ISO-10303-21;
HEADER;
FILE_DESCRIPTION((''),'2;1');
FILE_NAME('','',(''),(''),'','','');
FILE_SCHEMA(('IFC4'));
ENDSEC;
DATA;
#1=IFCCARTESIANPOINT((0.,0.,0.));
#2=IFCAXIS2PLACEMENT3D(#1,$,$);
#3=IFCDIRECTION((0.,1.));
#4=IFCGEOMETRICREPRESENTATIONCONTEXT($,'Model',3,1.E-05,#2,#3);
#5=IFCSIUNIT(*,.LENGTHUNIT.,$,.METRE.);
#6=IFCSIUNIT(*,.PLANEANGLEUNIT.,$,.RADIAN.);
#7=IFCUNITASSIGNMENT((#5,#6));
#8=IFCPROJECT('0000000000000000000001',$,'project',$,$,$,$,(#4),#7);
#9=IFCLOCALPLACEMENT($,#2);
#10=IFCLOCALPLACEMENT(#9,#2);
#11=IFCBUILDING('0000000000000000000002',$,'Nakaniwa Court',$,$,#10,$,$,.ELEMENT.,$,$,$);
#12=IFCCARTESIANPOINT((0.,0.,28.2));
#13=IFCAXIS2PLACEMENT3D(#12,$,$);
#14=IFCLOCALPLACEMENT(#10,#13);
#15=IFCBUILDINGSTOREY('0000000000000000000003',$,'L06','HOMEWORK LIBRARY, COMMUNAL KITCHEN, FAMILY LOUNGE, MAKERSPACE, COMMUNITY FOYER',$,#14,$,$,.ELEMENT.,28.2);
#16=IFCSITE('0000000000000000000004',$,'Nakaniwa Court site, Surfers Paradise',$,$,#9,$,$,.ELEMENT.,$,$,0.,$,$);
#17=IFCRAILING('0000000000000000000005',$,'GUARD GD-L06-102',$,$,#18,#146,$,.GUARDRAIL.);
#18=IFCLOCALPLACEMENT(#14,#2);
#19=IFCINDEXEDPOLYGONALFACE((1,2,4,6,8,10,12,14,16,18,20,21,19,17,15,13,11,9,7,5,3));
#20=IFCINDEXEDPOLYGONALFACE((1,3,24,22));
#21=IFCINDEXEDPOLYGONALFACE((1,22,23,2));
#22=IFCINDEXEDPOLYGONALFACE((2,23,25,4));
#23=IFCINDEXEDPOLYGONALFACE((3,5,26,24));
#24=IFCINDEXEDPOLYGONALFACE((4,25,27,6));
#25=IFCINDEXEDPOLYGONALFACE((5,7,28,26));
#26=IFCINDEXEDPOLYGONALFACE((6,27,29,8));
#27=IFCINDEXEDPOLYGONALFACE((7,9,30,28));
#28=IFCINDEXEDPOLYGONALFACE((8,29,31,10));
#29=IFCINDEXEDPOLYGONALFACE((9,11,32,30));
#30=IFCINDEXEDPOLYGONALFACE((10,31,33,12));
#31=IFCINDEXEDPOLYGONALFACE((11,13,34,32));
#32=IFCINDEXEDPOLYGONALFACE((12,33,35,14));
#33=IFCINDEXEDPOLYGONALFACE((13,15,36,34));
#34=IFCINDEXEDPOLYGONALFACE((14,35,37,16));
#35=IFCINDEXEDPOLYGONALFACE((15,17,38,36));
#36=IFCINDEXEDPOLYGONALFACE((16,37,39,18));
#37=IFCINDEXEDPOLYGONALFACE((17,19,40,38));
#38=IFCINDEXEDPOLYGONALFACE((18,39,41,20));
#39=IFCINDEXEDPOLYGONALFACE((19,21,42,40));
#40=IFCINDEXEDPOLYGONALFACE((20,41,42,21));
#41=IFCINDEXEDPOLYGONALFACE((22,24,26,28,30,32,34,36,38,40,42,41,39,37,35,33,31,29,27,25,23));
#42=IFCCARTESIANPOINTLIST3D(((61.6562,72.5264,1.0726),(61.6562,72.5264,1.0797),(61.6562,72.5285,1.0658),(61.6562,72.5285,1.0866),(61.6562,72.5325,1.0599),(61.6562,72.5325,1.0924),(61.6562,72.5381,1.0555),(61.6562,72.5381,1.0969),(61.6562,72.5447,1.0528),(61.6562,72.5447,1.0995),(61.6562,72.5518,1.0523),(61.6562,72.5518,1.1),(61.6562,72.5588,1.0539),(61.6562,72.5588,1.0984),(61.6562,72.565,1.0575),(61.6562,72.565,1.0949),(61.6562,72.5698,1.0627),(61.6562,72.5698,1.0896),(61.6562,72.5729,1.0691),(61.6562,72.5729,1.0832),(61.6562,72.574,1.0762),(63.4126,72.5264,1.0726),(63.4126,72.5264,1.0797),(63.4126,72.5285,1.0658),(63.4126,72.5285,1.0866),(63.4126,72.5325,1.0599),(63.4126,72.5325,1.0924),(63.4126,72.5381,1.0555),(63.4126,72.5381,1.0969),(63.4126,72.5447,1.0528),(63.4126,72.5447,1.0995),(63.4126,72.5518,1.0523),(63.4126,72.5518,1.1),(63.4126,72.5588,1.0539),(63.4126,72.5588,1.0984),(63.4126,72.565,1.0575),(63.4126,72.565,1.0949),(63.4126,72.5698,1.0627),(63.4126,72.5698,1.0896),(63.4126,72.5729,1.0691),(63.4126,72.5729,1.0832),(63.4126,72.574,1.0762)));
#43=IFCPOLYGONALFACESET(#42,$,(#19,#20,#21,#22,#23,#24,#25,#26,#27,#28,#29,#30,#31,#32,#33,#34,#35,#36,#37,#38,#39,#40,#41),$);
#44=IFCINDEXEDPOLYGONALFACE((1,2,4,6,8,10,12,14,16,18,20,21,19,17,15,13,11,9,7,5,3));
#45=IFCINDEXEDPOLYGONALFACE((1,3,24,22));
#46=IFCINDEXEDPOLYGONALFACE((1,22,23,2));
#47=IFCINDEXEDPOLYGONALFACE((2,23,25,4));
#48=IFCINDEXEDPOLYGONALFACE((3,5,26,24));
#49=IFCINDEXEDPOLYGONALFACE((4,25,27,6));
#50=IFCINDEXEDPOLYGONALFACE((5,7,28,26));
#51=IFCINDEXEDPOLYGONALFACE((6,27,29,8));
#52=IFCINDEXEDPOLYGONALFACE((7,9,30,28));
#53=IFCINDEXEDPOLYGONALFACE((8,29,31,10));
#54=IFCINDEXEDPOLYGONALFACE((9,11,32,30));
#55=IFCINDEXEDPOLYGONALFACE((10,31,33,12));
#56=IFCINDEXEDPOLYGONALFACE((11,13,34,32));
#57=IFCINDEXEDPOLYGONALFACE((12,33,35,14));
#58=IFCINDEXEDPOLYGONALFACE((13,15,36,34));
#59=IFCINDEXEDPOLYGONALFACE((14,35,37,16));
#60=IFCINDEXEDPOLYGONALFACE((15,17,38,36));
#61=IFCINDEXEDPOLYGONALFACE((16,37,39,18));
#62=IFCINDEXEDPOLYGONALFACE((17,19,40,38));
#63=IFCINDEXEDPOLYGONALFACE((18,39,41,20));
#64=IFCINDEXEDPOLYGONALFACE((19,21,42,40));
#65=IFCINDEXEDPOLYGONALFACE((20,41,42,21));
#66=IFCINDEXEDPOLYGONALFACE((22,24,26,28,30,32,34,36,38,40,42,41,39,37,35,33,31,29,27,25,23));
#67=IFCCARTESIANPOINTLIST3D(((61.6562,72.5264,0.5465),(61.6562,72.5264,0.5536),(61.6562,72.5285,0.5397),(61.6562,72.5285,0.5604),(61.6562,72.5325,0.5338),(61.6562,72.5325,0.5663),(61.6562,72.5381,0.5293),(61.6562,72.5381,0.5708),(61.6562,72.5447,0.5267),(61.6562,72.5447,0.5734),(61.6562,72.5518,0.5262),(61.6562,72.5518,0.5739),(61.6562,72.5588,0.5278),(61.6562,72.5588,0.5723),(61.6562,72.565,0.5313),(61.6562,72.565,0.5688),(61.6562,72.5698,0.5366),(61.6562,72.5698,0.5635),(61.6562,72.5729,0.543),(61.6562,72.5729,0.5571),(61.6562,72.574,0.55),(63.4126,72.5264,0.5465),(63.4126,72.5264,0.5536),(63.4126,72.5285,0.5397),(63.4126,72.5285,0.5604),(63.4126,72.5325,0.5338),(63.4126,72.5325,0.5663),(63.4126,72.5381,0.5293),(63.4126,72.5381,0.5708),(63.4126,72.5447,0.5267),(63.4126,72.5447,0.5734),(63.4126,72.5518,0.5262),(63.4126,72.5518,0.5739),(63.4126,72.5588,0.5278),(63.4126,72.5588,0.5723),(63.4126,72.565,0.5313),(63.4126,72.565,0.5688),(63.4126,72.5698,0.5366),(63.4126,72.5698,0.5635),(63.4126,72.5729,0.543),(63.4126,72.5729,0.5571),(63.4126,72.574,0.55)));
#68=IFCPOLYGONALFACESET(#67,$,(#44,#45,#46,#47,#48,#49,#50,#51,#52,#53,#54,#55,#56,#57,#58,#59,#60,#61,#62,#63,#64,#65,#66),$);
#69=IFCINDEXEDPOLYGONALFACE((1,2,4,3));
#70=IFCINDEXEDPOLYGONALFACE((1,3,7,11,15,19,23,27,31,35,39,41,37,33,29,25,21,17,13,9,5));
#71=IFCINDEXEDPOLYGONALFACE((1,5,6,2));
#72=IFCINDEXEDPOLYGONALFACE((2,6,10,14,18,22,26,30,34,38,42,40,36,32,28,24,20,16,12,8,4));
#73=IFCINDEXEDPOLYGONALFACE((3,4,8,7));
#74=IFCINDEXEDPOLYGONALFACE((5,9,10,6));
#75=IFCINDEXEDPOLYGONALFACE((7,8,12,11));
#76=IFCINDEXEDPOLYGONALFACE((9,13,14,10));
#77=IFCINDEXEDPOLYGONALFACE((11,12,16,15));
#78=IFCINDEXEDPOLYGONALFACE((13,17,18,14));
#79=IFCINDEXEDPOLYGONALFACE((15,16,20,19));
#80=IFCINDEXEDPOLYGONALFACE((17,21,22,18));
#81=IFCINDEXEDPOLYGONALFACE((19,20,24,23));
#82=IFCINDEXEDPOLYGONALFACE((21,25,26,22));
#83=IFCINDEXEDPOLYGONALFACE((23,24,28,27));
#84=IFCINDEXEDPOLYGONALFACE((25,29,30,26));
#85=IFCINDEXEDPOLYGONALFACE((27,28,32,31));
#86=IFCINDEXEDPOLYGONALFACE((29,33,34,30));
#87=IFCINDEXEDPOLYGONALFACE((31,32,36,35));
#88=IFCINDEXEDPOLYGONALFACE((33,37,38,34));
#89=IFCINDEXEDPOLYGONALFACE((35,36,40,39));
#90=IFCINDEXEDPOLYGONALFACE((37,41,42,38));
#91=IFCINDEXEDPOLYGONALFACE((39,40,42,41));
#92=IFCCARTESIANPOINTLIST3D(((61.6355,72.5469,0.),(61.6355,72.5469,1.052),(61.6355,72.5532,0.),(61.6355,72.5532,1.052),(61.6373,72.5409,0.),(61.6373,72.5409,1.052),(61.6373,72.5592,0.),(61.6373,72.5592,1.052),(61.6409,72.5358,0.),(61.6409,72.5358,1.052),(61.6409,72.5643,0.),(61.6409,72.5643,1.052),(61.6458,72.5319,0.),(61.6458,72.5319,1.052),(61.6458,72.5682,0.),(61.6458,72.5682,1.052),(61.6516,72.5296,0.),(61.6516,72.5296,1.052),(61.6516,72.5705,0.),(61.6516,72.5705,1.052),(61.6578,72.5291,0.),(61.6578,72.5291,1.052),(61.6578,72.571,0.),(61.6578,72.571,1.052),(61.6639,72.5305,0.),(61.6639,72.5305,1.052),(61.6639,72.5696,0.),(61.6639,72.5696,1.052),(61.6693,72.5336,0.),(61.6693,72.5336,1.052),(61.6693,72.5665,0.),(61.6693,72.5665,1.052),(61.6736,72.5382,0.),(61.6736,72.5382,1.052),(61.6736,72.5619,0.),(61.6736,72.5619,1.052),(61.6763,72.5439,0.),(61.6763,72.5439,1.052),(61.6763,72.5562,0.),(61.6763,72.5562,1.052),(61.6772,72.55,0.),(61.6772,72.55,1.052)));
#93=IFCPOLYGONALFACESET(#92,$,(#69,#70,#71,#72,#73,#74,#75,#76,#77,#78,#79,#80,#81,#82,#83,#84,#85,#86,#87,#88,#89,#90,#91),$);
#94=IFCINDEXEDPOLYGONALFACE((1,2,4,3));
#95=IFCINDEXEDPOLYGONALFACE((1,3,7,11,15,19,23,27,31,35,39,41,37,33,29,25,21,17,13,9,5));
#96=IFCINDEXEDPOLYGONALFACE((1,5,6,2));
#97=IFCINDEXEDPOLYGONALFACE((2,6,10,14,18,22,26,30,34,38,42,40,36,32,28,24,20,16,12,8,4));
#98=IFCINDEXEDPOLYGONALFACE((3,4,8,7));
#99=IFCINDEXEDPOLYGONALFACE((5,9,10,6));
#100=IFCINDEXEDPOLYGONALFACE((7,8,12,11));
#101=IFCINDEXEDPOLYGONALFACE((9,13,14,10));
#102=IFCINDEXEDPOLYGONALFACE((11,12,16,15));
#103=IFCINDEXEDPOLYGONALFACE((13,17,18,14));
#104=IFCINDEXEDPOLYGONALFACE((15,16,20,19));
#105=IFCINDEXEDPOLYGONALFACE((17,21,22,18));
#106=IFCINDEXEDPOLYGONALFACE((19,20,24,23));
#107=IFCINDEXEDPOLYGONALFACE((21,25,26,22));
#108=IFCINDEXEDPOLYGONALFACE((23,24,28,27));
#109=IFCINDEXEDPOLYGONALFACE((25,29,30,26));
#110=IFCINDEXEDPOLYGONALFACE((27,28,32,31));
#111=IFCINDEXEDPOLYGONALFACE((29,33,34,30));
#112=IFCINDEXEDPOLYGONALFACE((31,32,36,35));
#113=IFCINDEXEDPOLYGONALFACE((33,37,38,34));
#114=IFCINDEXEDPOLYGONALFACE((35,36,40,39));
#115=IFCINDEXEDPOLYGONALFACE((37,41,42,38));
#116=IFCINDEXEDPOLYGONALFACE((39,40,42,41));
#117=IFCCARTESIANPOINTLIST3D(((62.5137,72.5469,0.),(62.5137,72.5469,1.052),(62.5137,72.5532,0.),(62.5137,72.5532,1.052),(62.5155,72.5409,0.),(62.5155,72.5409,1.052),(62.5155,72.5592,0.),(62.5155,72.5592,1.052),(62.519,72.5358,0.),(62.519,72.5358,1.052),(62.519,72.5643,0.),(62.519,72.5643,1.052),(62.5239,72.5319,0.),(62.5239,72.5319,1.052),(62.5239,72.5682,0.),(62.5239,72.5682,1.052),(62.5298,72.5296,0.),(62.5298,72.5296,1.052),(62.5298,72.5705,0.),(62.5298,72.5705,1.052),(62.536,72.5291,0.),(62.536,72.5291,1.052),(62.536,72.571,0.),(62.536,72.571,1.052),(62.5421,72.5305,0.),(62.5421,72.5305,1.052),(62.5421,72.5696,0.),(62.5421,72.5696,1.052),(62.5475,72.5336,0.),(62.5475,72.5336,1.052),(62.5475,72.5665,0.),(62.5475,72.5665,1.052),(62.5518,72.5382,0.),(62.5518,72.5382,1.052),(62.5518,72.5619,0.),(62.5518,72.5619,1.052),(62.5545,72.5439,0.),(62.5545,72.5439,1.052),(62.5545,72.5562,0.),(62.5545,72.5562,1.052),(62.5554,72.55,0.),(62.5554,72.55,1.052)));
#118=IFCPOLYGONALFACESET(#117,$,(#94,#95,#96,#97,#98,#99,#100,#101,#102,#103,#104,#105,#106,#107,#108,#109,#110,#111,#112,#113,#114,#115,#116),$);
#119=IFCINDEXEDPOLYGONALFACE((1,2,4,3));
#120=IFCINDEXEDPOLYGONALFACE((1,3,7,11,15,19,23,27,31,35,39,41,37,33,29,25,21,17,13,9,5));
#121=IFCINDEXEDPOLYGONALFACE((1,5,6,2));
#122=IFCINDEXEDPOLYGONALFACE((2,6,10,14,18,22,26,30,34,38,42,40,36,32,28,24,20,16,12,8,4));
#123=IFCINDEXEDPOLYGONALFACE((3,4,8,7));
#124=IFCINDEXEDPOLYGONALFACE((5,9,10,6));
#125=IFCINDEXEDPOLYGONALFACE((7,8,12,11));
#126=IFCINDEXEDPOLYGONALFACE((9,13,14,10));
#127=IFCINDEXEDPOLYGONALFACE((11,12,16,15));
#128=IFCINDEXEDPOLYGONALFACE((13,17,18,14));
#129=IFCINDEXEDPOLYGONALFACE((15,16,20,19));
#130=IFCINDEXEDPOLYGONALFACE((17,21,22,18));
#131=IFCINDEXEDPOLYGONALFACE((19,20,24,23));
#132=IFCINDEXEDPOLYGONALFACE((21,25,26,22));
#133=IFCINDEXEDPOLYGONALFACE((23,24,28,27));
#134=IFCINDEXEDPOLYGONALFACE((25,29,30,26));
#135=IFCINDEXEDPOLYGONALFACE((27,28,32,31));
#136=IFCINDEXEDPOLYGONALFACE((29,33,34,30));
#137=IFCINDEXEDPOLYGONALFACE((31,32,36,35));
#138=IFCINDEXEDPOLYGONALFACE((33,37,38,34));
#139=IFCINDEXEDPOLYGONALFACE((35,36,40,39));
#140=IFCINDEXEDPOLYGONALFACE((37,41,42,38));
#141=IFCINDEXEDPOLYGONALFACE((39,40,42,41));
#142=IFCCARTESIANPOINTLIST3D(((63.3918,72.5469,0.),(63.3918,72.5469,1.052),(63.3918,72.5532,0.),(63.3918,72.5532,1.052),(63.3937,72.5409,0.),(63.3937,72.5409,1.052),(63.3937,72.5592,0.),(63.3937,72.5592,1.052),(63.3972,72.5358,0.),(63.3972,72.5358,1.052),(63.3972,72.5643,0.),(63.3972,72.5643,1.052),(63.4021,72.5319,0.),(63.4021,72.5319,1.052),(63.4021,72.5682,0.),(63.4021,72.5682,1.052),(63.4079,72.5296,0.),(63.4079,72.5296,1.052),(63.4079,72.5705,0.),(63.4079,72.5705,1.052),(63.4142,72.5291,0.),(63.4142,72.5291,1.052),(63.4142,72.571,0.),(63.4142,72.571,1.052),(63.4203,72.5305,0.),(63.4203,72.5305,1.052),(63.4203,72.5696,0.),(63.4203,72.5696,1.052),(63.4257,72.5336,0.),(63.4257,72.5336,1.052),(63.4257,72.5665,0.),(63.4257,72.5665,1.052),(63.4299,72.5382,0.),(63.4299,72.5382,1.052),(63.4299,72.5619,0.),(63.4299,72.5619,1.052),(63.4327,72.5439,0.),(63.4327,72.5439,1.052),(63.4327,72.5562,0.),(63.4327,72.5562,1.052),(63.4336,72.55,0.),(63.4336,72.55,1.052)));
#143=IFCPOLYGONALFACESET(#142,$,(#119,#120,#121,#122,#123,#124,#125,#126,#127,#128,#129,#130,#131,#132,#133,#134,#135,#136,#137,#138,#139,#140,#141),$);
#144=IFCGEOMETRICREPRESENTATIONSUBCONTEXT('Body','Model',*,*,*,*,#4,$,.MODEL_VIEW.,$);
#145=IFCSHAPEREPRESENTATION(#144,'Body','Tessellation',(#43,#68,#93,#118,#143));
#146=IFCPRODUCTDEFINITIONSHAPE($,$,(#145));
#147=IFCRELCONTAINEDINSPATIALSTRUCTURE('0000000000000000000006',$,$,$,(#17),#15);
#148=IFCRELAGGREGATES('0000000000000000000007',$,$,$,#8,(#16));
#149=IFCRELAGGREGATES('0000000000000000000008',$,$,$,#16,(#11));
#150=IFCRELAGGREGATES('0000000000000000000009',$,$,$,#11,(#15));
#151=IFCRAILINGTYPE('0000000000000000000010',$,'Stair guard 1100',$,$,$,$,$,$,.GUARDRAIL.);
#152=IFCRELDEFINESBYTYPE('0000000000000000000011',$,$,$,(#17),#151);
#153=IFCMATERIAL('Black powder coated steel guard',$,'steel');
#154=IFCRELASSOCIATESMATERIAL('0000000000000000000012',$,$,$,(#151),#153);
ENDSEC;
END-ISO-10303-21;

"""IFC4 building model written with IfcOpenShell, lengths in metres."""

from ifc_helpers import new_model, si_unit, direction, frame, origin, origin_2d, place, context, subcontext, project, spatial, circle, extrude, material, type_object, element, save


model = new_model("IFC4")

# Units and contexts
model_context = context("Model", 3, precision=1e-05, world=origin(), true_north=direction((0.0, 1.0)))
body_context = subcontext(model_context, "Body", "Model", "MODEL_VIEW")
ifc_project = project(units=[si_unit("LENGTHUNIT", "METRE"), si_unit("PLANEANGLEUNIT", "RADIAN")], contexts=[model_context])

# Site, building, storey
site_placement = place(None, origin())
site = spatial("IfcSite", under=ifc_project, at=site_placement, Name="Nakaniwa Court site, Surfers Paradise", CompositionType="ELEMENT", RefElevation=0.0)
building_placement = place(site_placement, origin())
building = spatial("IfcBuilding", under=site, at=building_placement, Name="Nakaniwa Court", CompositionType="ELEMENT")
storey_placement = place(building_placement, frame((0.0, 0.0, 28.2)))
storey = spatial("IfcBuildingStorey", under=building, at=storey_placement, Name="L06", Description="HOMEWORK LIBRARY, COMMUNAL KITCHEN, FAMILY LOUNGE, MAKERSPACE, COMMUNITY FOYER", CompositionType="ELEMENT", Elevation=28.2)

# Railing
ifc_material_1 = material(Name="Black powder coated steel guard", Category="steel")
railing_type_1 = type_object("IfcRailingType", Name="Stair guard 1100", PredefinedType="GUARDRAIL", material=ifc_material_1)
railing_1_placement = place(storey_placement, frame((61.6562, 72.55, 0.0)))
element("IfcRailing", 1, at=railing_1_placement, inside=storey, type_object=railing_type_1, Name="GUARD GD-L06-102", PredefinedType="GUARDRAIL", context=body_context, shape_type="SweptSolid", body=[
    extrude(circle(Radius=0.0239, at=origin_2d()), frame((0.0, 0.0, 1.0762), z_axis=(1.0, 0.0, 0.0), x_axis=(0.0, 1.0, 0.0)), (0.0, 0.0, 1.0), 1.7563),
    extrude(circle(Radius=0.0239, at=origin_2d()), frame((0.0, 0.0, 0.55), z_axis=(1.0, 0.0, 0.0), x_axis=(0.0, 1.0, 0.0)), (0.0, 0.0, 1.0), 1.7563),
    extrude(circle(Radius=0.021, at=origin_2d()), origin(), (0.0, 0.0, 1.0), 1.052),
    extrude(circle(Radius=0.021, at=origin_2d()), frame((0.8782, 0.0, 0.0)), (0.0, 0.0, 1.0), 1.052),
    extrude(circle(Radius=0.021, at=origin_2d()), frame((1.7563, 0.0, 0.0)), (0.0, 0.0, 1.0), 1.052),
])

save(model, "model.ifc")
